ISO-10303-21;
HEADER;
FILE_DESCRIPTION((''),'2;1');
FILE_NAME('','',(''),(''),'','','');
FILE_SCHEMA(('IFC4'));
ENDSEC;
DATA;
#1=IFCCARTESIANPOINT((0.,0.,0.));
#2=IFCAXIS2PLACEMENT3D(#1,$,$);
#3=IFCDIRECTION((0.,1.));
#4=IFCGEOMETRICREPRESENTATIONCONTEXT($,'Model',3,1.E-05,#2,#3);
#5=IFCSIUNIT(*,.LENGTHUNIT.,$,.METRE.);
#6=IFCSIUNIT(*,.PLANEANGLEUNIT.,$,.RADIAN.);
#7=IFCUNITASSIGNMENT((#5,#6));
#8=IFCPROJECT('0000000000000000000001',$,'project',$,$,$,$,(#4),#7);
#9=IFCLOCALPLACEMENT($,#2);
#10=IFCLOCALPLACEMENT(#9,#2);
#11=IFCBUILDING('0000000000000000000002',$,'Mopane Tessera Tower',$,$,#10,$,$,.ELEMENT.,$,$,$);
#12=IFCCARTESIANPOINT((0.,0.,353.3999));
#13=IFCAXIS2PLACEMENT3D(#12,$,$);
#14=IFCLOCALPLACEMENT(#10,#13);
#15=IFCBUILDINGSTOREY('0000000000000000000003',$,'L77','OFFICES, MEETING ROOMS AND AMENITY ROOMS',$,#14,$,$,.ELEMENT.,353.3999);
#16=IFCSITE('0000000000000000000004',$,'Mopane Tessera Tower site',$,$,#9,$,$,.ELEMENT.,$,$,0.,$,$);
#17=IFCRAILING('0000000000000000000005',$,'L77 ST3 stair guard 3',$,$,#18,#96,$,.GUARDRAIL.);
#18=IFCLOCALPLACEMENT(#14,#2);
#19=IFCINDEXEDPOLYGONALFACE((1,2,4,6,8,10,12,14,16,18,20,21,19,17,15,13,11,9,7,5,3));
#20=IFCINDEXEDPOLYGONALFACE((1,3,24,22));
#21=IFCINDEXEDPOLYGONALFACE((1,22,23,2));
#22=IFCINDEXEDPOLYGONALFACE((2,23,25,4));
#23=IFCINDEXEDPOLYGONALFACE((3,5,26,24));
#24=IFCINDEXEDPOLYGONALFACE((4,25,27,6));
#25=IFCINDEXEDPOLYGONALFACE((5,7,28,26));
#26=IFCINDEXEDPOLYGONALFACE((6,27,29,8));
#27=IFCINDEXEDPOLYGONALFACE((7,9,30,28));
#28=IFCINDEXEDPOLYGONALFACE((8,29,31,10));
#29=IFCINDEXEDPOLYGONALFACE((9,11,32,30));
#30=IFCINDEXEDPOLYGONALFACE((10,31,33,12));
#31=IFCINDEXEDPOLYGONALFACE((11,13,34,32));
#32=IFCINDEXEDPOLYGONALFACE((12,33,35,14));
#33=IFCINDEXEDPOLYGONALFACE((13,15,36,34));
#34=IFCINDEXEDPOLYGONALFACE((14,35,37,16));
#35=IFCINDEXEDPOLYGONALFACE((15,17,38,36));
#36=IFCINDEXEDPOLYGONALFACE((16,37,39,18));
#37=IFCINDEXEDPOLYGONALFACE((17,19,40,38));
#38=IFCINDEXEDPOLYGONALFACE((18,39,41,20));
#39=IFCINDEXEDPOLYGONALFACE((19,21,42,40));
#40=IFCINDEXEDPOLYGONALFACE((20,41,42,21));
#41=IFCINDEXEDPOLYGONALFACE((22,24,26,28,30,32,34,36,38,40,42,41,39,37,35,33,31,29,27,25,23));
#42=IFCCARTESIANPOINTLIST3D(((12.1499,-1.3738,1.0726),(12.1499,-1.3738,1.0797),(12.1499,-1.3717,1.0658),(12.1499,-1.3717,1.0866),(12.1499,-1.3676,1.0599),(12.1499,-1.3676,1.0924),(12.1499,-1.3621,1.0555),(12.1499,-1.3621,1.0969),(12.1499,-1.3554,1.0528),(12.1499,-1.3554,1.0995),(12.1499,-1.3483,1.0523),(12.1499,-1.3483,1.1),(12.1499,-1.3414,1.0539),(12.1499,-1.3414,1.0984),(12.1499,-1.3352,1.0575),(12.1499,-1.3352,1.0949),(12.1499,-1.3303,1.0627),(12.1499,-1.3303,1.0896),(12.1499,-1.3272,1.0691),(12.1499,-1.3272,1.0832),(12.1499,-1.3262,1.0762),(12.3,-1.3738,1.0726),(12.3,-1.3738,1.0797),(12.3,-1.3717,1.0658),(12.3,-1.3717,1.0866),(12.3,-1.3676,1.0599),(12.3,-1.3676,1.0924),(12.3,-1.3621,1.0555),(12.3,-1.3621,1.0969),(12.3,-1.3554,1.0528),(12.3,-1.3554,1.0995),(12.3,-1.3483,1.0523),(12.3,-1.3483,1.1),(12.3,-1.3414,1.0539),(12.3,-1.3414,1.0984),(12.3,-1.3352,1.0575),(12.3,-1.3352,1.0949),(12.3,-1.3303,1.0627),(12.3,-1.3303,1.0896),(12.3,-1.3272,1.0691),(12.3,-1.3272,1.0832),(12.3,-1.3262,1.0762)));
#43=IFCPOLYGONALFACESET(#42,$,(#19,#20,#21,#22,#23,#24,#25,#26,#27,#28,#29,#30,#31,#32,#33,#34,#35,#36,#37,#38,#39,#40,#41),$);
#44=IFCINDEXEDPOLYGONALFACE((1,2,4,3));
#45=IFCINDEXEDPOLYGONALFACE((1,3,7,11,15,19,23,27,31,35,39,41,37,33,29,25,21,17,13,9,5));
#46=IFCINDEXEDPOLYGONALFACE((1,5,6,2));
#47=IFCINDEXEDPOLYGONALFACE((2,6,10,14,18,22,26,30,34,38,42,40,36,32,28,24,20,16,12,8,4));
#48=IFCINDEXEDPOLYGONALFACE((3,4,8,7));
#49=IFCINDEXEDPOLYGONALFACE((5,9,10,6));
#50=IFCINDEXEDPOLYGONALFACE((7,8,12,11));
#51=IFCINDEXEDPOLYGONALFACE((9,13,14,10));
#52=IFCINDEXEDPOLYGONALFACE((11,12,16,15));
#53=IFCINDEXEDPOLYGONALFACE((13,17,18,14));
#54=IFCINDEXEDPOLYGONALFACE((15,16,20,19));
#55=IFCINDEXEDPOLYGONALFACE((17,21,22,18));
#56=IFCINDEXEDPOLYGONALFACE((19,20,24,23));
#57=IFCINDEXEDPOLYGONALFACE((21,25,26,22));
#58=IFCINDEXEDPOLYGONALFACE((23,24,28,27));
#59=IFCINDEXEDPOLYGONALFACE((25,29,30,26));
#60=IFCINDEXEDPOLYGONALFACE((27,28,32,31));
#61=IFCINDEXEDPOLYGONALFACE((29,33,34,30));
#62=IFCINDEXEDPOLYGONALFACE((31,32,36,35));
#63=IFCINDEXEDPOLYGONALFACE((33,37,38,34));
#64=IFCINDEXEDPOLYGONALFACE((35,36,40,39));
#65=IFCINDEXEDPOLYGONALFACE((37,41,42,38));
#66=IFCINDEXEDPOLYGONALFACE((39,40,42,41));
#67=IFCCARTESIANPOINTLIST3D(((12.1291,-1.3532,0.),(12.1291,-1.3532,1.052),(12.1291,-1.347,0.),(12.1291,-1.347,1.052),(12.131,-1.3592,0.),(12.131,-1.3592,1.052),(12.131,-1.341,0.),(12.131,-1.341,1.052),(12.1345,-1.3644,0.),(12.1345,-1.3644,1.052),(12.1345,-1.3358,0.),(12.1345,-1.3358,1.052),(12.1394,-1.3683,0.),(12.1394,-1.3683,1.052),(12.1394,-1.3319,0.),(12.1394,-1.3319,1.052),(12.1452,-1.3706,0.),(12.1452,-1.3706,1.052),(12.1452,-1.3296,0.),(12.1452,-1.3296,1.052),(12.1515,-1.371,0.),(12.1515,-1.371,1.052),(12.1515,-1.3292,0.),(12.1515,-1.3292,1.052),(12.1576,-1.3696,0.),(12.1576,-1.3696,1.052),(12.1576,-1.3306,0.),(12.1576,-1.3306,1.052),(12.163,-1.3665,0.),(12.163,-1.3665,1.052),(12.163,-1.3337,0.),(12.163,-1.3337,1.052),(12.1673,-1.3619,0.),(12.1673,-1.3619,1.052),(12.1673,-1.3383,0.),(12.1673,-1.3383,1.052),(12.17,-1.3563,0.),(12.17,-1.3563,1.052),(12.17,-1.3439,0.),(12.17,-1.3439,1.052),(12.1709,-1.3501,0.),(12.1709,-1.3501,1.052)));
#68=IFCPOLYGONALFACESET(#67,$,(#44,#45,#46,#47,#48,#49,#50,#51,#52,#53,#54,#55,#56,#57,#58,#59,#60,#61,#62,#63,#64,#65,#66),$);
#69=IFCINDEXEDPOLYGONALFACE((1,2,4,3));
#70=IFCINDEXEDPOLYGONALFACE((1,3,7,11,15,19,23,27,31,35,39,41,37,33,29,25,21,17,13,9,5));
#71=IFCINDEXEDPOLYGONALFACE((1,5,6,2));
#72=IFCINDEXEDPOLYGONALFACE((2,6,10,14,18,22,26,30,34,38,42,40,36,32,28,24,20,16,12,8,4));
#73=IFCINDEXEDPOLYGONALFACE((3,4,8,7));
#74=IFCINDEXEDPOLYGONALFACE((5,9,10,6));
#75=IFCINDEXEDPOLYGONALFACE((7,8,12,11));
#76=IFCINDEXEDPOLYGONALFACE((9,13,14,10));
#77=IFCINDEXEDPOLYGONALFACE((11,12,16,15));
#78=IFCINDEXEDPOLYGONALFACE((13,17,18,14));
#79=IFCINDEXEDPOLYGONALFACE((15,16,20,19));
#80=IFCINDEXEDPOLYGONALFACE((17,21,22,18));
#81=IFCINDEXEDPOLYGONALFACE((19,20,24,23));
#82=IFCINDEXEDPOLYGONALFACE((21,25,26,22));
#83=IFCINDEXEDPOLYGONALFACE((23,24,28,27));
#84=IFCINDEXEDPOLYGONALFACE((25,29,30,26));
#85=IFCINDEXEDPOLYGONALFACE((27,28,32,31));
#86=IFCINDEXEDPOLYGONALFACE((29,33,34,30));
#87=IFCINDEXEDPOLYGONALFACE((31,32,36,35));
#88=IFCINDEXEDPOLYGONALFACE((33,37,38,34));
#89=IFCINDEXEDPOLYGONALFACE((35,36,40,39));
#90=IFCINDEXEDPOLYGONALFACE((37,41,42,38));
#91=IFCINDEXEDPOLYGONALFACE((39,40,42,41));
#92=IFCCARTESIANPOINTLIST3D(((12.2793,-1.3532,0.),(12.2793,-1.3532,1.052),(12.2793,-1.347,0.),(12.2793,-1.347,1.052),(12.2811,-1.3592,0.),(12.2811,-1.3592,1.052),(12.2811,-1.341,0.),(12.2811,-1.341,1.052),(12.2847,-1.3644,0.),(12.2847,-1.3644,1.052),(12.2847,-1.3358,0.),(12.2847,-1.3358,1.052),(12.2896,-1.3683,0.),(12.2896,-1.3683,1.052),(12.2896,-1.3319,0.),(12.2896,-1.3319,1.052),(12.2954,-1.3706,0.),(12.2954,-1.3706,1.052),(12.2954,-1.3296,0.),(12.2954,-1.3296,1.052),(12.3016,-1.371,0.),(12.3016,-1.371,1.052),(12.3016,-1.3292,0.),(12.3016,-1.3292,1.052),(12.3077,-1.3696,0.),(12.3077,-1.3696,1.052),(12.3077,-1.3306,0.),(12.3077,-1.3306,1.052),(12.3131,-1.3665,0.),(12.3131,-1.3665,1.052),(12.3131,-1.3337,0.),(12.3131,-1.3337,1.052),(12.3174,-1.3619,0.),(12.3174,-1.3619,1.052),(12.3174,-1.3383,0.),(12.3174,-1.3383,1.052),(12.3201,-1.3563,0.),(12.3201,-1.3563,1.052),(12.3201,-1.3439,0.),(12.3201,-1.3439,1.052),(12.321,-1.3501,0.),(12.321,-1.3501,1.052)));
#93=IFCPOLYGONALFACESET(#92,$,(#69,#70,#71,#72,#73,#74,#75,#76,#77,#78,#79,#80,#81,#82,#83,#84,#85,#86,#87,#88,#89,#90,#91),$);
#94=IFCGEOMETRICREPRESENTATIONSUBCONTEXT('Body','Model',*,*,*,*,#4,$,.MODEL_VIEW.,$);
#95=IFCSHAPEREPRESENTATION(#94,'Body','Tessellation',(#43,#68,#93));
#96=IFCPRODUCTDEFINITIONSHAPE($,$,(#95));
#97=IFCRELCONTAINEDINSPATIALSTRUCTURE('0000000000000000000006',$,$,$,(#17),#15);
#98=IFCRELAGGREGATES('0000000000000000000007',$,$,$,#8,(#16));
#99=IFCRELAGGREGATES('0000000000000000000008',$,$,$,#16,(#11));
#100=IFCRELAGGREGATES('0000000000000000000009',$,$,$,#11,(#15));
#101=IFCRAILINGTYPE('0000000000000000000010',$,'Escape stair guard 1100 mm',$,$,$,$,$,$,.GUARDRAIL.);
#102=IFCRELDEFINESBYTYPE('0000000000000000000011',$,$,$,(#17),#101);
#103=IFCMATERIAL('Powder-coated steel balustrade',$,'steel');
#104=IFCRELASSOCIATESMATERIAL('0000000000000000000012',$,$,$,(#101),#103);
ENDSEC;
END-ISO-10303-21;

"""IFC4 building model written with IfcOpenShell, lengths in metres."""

from ifc_helpers import new_model, si_unit, direction, frame, origin, origin_2d, place, context, subcontext, project, spatial, circle, extrude, material, type_object, element, save


model = new_model("IFC4")

# Units and contexts
model_context = context("Model", 3, precision=1e-05, world=origin(), true_north=direction((0.0, 1.0)))
body_context = subcontext(model_context, "Body", "Model", "MODEL_VIEW")
ifc_project = project(units=[si_unit("LENGTHUNIT", "METRE"), si_unit("PLANEANGLEUNIT", "RADIAN")], contexts=[model_context])

# Site, building, storey
site_placement = place(None, origin())
site = spatial("IfcSite", under=ifc_project, at=site_placement, Name="Mopane Tessera Tower site", CompositionType="ELEMENT", RefElevation=0.0)
building_placement = place(site_placement, origin())
building = spatial("IfcBuilding", under=site, at=building_placement, Name="Mopane Tessera Tower", CompositionType="ELEMENT")
storey_placement = place(building_placement, frame((0.0, 0.0, 353.3999)))
storey = spatial("IfcBuildingStorey", under=building, at=storey_placement, Name="L77", Description="OFFICES, MEETING ROOMS AND AMENITY ROOMS", CompositionType="ELEMENT", Elevation=353.3999)

# Railing
ifc_material_1 = material(Name="Powder-coated steel balustrade", Category="steel")
railing_type_1 = type_object("IfcRailingType", Name="Escape stair guard 1100 mm", PredefinedType="GUARDRAIL", material=ifc_material_1)
railing_1_placement = place(storey_placement, frame((12.1499, -1.3501, 0.0)))
element("IfcRailing", 1, at=railing_1_placement, inside=storey, type_object=railing_type_1, Name="L77 ST3 stair guard 3", PredefinedType="GUARDRAIL", context=body_context, shape_type="SweptSolid", body=[
    extrude(circle(Radius=0.0239, at=origin_2d()), frame((0.0, 0.0, 1.0762), z_axis=(1.0, 0.0, 0.0), x_axis=(0.0, 1.0, 0.0)), (0.0, 0.0, 1.0), 0.1501),
    extrude(circle(Radius=0.021, at=origin_2d()), origin(), (0.0, 0.0, 1.0), 1.052),
    extrude(circle(Radius=0.021, at=origin_2d()), frame((0.1501, 0.0, 0.0)), (0.0, 0.0, 1.0), 1.052),
])

save(model, "model.ifc")
